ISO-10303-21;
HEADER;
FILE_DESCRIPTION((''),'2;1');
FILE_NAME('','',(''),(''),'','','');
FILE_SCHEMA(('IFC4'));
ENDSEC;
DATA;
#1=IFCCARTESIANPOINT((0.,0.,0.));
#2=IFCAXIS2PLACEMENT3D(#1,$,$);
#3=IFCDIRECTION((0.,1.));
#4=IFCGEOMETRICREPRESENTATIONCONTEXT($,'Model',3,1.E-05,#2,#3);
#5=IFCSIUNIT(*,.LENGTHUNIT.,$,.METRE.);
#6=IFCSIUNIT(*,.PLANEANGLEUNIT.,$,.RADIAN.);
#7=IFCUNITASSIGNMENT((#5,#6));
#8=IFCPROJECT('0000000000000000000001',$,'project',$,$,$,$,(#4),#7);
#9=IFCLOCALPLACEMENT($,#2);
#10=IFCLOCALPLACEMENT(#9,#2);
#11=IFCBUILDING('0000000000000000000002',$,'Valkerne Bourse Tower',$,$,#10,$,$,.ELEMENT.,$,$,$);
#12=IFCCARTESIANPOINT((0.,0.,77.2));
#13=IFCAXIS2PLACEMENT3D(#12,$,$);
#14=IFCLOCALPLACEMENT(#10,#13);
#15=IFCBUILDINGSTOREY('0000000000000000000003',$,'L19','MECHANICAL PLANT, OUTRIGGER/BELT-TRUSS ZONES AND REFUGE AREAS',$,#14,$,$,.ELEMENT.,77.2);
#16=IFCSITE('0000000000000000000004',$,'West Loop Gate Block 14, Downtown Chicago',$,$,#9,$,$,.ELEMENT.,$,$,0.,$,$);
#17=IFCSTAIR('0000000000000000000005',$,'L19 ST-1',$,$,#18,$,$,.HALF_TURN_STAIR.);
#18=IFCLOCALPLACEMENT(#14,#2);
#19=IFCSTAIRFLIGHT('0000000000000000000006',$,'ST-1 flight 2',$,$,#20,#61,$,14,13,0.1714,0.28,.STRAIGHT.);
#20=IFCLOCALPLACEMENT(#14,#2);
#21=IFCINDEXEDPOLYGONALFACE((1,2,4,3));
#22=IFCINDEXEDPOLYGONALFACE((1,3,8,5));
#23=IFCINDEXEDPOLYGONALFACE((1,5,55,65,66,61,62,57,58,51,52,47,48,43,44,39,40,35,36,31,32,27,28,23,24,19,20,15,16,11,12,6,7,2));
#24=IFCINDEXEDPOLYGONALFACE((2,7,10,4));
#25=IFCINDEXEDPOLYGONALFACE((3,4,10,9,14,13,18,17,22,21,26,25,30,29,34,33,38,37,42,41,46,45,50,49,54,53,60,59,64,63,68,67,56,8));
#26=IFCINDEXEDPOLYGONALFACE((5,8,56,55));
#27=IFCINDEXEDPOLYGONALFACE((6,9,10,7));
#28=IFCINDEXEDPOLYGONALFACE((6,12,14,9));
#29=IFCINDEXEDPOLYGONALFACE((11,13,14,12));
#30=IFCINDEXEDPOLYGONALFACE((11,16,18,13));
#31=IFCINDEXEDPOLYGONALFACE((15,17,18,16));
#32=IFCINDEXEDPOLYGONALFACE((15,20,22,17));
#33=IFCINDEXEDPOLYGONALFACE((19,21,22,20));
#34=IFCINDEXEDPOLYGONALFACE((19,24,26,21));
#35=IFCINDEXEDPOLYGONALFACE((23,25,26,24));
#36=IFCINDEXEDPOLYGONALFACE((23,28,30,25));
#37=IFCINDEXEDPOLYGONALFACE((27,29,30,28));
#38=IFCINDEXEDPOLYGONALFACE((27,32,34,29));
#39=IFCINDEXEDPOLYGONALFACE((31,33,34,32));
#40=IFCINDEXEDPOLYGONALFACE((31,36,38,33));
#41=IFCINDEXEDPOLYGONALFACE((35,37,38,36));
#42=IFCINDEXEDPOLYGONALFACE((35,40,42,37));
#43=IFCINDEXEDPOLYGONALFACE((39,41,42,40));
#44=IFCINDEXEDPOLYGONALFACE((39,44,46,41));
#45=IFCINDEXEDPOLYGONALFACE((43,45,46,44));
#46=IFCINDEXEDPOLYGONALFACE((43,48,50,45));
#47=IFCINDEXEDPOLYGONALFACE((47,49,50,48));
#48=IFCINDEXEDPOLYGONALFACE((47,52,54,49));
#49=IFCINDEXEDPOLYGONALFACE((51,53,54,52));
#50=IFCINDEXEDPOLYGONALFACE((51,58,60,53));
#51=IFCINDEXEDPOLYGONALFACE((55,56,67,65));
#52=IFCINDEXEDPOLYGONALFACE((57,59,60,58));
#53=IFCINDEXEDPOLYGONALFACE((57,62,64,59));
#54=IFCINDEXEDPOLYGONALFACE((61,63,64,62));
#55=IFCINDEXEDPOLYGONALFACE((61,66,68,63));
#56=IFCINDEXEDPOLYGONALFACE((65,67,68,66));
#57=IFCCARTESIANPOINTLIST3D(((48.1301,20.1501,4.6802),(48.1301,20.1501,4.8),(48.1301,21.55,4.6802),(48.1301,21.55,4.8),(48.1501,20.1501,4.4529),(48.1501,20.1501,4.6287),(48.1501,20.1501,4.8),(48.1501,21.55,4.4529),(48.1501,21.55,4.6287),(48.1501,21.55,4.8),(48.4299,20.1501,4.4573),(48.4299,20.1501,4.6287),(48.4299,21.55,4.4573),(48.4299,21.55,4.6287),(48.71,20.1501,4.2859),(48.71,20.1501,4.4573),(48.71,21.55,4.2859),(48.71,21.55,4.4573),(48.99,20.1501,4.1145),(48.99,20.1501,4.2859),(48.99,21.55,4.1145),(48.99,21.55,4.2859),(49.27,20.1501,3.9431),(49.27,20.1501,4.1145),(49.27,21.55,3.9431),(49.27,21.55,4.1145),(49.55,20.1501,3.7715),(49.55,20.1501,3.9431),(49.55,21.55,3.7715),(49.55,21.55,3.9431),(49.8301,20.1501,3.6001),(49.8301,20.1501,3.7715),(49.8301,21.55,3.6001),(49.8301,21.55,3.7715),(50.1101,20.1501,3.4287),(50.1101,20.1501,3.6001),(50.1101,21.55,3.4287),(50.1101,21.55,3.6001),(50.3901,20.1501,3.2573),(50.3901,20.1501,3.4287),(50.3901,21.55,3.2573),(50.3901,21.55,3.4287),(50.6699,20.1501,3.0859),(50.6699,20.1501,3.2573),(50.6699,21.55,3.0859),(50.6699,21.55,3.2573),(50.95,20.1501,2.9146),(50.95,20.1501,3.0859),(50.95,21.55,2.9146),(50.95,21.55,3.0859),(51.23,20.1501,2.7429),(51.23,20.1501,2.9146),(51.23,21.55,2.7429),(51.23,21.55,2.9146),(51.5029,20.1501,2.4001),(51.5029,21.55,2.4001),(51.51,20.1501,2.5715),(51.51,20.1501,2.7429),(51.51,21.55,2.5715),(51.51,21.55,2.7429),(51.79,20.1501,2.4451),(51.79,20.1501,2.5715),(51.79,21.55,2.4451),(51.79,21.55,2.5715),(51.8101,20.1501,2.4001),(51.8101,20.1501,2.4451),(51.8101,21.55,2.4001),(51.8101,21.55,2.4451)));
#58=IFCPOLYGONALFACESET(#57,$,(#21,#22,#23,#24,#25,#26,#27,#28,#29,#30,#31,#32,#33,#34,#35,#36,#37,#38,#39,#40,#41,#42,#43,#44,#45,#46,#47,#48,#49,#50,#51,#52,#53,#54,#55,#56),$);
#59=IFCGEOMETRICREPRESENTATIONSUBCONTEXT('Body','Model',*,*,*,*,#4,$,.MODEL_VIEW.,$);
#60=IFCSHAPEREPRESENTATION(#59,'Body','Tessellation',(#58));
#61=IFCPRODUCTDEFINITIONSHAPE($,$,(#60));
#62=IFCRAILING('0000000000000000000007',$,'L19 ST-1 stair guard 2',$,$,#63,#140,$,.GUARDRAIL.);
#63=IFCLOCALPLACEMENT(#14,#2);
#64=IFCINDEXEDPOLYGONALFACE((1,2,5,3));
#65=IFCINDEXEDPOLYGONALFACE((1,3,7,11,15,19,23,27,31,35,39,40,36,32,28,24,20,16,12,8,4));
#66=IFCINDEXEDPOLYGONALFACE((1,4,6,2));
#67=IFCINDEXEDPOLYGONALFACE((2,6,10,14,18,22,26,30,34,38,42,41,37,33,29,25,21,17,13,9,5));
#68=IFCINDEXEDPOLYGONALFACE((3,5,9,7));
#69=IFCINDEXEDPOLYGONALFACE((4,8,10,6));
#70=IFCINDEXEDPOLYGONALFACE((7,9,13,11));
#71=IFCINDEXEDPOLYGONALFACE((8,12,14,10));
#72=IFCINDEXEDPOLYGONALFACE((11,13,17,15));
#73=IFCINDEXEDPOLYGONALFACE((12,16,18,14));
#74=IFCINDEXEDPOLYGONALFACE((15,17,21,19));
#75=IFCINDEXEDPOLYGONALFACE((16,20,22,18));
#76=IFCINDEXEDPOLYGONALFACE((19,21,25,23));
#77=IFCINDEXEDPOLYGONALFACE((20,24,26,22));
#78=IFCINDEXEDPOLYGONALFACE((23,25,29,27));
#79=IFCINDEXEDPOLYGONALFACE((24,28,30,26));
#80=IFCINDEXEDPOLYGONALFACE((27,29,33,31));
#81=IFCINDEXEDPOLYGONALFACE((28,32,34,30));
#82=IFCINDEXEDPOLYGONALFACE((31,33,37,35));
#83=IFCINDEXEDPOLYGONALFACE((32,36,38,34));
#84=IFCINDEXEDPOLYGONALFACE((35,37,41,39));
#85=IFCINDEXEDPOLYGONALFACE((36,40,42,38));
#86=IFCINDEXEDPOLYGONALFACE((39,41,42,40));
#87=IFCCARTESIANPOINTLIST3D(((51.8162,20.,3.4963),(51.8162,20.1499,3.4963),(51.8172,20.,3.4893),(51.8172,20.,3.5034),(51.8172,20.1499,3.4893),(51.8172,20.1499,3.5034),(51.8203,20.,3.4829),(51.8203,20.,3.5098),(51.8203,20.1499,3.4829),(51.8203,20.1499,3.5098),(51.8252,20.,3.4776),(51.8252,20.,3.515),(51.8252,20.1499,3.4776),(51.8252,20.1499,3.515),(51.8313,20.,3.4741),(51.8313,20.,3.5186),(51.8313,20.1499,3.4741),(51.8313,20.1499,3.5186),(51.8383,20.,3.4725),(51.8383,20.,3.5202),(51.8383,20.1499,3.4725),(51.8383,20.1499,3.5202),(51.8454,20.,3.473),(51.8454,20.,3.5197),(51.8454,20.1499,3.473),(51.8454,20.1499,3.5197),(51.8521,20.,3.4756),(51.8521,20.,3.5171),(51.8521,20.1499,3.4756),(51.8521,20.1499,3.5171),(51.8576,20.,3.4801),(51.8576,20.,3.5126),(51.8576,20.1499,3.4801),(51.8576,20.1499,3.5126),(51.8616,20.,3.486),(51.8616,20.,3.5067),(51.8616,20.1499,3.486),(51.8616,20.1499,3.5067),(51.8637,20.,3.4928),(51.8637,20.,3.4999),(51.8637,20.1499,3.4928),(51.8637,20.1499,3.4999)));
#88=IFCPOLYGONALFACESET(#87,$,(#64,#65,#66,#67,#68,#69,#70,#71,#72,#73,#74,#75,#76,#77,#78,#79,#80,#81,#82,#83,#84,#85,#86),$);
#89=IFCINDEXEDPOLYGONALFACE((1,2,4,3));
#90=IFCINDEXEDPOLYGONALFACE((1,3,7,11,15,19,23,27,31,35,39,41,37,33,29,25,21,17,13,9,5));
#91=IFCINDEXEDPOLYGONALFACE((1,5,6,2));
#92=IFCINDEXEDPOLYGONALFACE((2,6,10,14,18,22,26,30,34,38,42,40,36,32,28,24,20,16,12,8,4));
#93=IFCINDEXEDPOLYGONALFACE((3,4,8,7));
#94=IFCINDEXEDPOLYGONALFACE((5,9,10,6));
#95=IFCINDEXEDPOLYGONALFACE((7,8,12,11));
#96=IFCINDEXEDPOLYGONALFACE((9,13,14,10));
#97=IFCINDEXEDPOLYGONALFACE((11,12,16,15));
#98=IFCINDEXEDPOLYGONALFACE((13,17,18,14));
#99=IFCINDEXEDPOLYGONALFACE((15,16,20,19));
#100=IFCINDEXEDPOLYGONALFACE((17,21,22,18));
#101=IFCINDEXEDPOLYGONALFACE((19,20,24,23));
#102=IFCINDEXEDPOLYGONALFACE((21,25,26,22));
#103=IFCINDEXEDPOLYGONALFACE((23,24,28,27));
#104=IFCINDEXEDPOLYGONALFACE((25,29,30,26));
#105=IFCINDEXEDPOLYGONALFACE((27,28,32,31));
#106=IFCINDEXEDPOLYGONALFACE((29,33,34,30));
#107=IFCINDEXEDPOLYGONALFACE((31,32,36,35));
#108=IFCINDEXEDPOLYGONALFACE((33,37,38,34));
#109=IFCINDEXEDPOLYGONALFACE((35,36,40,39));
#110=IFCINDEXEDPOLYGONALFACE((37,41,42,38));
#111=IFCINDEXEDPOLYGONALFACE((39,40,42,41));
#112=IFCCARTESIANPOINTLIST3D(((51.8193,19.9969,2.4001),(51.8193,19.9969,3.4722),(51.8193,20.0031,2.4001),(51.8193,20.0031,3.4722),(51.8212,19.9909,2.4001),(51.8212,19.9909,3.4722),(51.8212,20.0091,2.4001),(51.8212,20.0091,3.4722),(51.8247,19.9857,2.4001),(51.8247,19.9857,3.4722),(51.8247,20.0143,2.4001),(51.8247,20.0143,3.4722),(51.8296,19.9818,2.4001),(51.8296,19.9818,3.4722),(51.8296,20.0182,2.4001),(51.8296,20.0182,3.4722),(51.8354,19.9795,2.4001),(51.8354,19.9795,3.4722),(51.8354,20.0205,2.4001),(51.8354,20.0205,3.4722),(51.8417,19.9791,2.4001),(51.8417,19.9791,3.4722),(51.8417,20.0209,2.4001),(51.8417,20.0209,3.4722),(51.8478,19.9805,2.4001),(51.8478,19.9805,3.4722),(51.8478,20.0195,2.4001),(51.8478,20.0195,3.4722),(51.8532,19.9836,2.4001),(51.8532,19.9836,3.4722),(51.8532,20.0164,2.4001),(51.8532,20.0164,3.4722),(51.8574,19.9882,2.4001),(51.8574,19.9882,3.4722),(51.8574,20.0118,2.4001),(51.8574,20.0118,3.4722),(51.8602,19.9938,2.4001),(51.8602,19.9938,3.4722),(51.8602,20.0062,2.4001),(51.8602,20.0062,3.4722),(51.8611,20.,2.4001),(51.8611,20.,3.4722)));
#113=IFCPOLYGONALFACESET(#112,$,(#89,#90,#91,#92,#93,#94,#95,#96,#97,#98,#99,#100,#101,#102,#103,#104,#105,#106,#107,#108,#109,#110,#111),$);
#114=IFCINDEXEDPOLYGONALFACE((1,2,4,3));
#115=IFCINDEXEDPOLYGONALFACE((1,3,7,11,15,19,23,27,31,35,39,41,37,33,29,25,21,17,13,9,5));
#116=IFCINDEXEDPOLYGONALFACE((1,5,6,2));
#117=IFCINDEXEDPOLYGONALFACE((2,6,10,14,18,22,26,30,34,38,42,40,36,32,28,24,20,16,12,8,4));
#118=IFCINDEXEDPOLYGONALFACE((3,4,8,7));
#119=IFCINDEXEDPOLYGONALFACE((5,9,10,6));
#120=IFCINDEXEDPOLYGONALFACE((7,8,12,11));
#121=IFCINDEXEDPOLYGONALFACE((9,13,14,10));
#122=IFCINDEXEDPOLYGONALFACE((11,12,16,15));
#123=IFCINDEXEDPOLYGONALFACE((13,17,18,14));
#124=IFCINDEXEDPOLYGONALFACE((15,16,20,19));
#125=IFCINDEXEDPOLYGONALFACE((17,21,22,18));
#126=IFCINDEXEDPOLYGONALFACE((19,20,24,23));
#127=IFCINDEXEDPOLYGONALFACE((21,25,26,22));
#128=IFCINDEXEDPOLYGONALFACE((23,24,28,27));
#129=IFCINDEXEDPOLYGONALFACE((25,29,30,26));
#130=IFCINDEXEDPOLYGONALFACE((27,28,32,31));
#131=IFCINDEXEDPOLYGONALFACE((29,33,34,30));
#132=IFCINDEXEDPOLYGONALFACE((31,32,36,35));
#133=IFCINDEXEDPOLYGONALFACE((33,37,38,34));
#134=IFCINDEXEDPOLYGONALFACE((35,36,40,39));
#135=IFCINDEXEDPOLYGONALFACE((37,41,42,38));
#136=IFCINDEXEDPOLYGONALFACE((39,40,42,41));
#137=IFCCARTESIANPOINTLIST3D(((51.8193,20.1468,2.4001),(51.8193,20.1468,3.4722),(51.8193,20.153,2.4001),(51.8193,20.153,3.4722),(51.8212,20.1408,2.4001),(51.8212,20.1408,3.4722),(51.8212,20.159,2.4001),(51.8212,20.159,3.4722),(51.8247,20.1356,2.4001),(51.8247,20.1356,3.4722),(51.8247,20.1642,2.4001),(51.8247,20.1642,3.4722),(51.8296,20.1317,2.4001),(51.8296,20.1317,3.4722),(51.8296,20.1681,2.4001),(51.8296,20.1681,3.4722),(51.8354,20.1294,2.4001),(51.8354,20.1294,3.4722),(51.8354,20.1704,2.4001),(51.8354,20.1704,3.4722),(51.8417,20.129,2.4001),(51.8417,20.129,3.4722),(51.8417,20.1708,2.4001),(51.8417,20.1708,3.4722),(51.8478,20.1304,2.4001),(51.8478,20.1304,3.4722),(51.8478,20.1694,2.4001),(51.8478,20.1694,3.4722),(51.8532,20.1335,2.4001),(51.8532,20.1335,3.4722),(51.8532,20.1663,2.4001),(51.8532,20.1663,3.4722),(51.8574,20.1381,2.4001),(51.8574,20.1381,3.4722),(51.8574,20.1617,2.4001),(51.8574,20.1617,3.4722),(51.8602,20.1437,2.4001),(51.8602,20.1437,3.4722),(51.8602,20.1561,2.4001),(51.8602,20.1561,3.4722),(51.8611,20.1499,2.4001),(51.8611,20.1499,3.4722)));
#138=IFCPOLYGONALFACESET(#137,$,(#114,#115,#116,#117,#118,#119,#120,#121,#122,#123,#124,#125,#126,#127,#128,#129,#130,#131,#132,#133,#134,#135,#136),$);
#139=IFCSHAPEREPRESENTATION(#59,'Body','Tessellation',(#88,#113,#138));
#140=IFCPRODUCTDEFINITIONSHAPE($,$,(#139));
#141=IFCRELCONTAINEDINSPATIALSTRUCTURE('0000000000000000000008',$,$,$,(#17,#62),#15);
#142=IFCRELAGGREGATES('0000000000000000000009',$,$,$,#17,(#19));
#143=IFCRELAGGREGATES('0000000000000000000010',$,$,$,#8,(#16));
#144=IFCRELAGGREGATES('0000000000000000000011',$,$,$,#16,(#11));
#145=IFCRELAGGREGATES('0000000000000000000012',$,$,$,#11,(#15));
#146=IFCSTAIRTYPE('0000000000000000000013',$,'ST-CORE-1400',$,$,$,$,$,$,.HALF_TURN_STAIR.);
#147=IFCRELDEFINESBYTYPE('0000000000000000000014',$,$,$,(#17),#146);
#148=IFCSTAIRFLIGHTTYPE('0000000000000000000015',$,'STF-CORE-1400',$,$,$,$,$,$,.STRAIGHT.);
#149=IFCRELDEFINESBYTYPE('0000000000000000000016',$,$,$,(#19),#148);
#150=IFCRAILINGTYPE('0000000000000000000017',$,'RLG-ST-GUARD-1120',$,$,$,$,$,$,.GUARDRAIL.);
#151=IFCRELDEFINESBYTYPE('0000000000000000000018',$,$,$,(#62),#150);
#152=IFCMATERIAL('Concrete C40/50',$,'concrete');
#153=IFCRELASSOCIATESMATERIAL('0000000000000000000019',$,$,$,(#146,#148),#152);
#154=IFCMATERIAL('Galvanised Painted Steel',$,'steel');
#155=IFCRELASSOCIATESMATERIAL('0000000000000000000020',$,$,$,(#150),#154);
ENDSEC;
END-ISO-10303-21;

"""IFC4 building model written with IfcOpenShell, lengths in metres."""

from ifc_helpers import new_model, si_unit, direction, frame, origin, origin_2d, place, context, subcontext, project, spatial, polyline, circle, outline, extrude, material, type_object, element, aggregate, save


model = new_model("IFC4")

# Units and contexts
model_context = context("Model", 3, precision=1e-05, world=origin(), true_north=direction((0.0, 1.0)))
body_context = subcontext(model_context, "Body", "Model", "MODEL_VIEW")
ifc_project = project(units=[si_unit("LENGTHUNIT", "METRE"), si_unit("PLANEANGLEUNIT", "RADIAN")], contexts=[model_context])

# Site, building, storey
site_placement = place(None, origin())
site = spatial("IfcSite", under=ifc_project, at=site_placement, Name="West Loop Gate Block 14, Downtown Chicago", CompositionType="ELEMENT", RefElevation=0.0)
building_placement = place(site_placement, origin())
building = spatial("IfcBuilding", under=site, at=building_placement, Name="Valkerne Bourse Tower", CompositionType="ELEMENT")
storey_placement = place(building_placement, frame((0.0, 0.0, 77.2)))
storey = spatial("IfcBuildingStorey", under=building, at=storey_placement, Name="L19", Description="MECHANICAL PLANT, OUTRIGGER/BELT-TRUSS ZONES AND REFUGE AREAS", CompositionType="ELEMENT", Elevation=77.2)

# Shared definitions
ifc_material_1 = material(Name="Galvanised Painted Steel", Category="steel")

# Shared definitions
ifc_material_2 = material(Name="Concrete C40/50", Category="concrete")

# Stair, stair flight
stair_type = type_object("IfcStairType", Name="ST-CORE-1400", PredefinedType="HALF_TURN_STAIR", material=ifc_material_2)
stair_placement = place(storey_placement, origin())
stair = element("IfcStair", 1, at=stair_placement, inside=storey, type_object=stair_type, Name="L19 ST-1", PredefinedType="HALF_TURN_STAIR")
stair_flight_type = type_object("IfcStairFlightType", Name="STF-CORE-1400", PredefinedType="STRAIGHT", material=ifc_material_2)
stair_flight_placement = place(storey_placement, frame((51.79, 20.8501, 2.4001), z_axis=(0.0, 0.0, 1.0), x_axis=(-1.0, 0.0, 0.0)))
stair_flight = element("IfcStairFlight", 2, at=stair_flight_placement, type_object=stair_flight_type, Name="ST-1 flight 2", NumberOfRisers=14, NumberOfTreads=13, PredefinedType="STRAIGHT", RiserHeight=0.1714, TreadLength=0.28, context=body_context, shape_type="SweptSolid", body=[
    extrude(outline(polyline([(-0.02, 0.0), (-0.02, 0.0449), (0.0, 0.0449), (0.0, 0.1714), (0.28, 0.1714), (0.28, 0.3428), (0.5601, 0.3428), (0.5601, 0.5144), (0.8401, 0.5144), (0.8401, 0.6858), (1.1201, 0.6858), (1.1201, 0.8572), (1.3999, 0.8572), (1.3999, 1.0286), (1.6799, 1.0286), (1.6799, 1.2), (1.96, 1.2), (1.96, 1.3713), (2.24, 1.3713), (2.24, 1.543), (2.52, 1.543), (2.52, 1.7144), (2.8, 1.7144), (2.8, 1.8857), (3.0801, 1.8857), (3.0801, 2.0571), (3.3601, 2.0571), (3.3601, 2.2285), (3.6399, 2.2285), (3.6399, 2.3999), (3.6599, 2.3999), (3.6599, 2.28), (3.6399, 2.0527), (0.2871, 0.0), (-0.02, 0.0)])), frame((0.0, 0.7, 0.0), z_axis=(0.0, -1.0, 0.0), x_axis=(1.0, 0.0, 0.0)), (0.0, 0.0, 1.0), 1.3999),
])
aggregate(stair, [stair_flight])

# Railing
railing_type_1 = type_object("IfcRailingType", Name="RLG-ST-GUARD-1120", PredefinedType="GUARDRAIL", material=ifc_material_1)
railing_1_placement = place(storey_placement, frame((51.8401, 20.0, 2.4001)))
element("IfcRailing", 3, at=railing_1_placement, inside=storey, type_object=railing_type_1, Name="L19 ST-1 stair guard 2", PredefinedType="GUARDRAIL", context=body_context, shape_type="SweptSolid", body=[
    extrude(circle(Radius=0.0239, at=origin_2d()), frame((0.0, 0.0, 1.0962), z_axis=(0.0, 1.0, 0.0), x_axis=(-1.0, 0.0, 0.0)), (0.0, 0.0, 1.0), 0.1499),
    extrude(circle(Radius=0.021, at=origin_2d()), origin(), (0.0, 0.0, 1.0), 1.072),
    extrude(circle(Radius=0.021, at=origin_2d()), frame((0.0, 0.1499, 0.0)), (0.0, 0.0, 1.0), 1.072),
])

save(model, "model.ifc")
